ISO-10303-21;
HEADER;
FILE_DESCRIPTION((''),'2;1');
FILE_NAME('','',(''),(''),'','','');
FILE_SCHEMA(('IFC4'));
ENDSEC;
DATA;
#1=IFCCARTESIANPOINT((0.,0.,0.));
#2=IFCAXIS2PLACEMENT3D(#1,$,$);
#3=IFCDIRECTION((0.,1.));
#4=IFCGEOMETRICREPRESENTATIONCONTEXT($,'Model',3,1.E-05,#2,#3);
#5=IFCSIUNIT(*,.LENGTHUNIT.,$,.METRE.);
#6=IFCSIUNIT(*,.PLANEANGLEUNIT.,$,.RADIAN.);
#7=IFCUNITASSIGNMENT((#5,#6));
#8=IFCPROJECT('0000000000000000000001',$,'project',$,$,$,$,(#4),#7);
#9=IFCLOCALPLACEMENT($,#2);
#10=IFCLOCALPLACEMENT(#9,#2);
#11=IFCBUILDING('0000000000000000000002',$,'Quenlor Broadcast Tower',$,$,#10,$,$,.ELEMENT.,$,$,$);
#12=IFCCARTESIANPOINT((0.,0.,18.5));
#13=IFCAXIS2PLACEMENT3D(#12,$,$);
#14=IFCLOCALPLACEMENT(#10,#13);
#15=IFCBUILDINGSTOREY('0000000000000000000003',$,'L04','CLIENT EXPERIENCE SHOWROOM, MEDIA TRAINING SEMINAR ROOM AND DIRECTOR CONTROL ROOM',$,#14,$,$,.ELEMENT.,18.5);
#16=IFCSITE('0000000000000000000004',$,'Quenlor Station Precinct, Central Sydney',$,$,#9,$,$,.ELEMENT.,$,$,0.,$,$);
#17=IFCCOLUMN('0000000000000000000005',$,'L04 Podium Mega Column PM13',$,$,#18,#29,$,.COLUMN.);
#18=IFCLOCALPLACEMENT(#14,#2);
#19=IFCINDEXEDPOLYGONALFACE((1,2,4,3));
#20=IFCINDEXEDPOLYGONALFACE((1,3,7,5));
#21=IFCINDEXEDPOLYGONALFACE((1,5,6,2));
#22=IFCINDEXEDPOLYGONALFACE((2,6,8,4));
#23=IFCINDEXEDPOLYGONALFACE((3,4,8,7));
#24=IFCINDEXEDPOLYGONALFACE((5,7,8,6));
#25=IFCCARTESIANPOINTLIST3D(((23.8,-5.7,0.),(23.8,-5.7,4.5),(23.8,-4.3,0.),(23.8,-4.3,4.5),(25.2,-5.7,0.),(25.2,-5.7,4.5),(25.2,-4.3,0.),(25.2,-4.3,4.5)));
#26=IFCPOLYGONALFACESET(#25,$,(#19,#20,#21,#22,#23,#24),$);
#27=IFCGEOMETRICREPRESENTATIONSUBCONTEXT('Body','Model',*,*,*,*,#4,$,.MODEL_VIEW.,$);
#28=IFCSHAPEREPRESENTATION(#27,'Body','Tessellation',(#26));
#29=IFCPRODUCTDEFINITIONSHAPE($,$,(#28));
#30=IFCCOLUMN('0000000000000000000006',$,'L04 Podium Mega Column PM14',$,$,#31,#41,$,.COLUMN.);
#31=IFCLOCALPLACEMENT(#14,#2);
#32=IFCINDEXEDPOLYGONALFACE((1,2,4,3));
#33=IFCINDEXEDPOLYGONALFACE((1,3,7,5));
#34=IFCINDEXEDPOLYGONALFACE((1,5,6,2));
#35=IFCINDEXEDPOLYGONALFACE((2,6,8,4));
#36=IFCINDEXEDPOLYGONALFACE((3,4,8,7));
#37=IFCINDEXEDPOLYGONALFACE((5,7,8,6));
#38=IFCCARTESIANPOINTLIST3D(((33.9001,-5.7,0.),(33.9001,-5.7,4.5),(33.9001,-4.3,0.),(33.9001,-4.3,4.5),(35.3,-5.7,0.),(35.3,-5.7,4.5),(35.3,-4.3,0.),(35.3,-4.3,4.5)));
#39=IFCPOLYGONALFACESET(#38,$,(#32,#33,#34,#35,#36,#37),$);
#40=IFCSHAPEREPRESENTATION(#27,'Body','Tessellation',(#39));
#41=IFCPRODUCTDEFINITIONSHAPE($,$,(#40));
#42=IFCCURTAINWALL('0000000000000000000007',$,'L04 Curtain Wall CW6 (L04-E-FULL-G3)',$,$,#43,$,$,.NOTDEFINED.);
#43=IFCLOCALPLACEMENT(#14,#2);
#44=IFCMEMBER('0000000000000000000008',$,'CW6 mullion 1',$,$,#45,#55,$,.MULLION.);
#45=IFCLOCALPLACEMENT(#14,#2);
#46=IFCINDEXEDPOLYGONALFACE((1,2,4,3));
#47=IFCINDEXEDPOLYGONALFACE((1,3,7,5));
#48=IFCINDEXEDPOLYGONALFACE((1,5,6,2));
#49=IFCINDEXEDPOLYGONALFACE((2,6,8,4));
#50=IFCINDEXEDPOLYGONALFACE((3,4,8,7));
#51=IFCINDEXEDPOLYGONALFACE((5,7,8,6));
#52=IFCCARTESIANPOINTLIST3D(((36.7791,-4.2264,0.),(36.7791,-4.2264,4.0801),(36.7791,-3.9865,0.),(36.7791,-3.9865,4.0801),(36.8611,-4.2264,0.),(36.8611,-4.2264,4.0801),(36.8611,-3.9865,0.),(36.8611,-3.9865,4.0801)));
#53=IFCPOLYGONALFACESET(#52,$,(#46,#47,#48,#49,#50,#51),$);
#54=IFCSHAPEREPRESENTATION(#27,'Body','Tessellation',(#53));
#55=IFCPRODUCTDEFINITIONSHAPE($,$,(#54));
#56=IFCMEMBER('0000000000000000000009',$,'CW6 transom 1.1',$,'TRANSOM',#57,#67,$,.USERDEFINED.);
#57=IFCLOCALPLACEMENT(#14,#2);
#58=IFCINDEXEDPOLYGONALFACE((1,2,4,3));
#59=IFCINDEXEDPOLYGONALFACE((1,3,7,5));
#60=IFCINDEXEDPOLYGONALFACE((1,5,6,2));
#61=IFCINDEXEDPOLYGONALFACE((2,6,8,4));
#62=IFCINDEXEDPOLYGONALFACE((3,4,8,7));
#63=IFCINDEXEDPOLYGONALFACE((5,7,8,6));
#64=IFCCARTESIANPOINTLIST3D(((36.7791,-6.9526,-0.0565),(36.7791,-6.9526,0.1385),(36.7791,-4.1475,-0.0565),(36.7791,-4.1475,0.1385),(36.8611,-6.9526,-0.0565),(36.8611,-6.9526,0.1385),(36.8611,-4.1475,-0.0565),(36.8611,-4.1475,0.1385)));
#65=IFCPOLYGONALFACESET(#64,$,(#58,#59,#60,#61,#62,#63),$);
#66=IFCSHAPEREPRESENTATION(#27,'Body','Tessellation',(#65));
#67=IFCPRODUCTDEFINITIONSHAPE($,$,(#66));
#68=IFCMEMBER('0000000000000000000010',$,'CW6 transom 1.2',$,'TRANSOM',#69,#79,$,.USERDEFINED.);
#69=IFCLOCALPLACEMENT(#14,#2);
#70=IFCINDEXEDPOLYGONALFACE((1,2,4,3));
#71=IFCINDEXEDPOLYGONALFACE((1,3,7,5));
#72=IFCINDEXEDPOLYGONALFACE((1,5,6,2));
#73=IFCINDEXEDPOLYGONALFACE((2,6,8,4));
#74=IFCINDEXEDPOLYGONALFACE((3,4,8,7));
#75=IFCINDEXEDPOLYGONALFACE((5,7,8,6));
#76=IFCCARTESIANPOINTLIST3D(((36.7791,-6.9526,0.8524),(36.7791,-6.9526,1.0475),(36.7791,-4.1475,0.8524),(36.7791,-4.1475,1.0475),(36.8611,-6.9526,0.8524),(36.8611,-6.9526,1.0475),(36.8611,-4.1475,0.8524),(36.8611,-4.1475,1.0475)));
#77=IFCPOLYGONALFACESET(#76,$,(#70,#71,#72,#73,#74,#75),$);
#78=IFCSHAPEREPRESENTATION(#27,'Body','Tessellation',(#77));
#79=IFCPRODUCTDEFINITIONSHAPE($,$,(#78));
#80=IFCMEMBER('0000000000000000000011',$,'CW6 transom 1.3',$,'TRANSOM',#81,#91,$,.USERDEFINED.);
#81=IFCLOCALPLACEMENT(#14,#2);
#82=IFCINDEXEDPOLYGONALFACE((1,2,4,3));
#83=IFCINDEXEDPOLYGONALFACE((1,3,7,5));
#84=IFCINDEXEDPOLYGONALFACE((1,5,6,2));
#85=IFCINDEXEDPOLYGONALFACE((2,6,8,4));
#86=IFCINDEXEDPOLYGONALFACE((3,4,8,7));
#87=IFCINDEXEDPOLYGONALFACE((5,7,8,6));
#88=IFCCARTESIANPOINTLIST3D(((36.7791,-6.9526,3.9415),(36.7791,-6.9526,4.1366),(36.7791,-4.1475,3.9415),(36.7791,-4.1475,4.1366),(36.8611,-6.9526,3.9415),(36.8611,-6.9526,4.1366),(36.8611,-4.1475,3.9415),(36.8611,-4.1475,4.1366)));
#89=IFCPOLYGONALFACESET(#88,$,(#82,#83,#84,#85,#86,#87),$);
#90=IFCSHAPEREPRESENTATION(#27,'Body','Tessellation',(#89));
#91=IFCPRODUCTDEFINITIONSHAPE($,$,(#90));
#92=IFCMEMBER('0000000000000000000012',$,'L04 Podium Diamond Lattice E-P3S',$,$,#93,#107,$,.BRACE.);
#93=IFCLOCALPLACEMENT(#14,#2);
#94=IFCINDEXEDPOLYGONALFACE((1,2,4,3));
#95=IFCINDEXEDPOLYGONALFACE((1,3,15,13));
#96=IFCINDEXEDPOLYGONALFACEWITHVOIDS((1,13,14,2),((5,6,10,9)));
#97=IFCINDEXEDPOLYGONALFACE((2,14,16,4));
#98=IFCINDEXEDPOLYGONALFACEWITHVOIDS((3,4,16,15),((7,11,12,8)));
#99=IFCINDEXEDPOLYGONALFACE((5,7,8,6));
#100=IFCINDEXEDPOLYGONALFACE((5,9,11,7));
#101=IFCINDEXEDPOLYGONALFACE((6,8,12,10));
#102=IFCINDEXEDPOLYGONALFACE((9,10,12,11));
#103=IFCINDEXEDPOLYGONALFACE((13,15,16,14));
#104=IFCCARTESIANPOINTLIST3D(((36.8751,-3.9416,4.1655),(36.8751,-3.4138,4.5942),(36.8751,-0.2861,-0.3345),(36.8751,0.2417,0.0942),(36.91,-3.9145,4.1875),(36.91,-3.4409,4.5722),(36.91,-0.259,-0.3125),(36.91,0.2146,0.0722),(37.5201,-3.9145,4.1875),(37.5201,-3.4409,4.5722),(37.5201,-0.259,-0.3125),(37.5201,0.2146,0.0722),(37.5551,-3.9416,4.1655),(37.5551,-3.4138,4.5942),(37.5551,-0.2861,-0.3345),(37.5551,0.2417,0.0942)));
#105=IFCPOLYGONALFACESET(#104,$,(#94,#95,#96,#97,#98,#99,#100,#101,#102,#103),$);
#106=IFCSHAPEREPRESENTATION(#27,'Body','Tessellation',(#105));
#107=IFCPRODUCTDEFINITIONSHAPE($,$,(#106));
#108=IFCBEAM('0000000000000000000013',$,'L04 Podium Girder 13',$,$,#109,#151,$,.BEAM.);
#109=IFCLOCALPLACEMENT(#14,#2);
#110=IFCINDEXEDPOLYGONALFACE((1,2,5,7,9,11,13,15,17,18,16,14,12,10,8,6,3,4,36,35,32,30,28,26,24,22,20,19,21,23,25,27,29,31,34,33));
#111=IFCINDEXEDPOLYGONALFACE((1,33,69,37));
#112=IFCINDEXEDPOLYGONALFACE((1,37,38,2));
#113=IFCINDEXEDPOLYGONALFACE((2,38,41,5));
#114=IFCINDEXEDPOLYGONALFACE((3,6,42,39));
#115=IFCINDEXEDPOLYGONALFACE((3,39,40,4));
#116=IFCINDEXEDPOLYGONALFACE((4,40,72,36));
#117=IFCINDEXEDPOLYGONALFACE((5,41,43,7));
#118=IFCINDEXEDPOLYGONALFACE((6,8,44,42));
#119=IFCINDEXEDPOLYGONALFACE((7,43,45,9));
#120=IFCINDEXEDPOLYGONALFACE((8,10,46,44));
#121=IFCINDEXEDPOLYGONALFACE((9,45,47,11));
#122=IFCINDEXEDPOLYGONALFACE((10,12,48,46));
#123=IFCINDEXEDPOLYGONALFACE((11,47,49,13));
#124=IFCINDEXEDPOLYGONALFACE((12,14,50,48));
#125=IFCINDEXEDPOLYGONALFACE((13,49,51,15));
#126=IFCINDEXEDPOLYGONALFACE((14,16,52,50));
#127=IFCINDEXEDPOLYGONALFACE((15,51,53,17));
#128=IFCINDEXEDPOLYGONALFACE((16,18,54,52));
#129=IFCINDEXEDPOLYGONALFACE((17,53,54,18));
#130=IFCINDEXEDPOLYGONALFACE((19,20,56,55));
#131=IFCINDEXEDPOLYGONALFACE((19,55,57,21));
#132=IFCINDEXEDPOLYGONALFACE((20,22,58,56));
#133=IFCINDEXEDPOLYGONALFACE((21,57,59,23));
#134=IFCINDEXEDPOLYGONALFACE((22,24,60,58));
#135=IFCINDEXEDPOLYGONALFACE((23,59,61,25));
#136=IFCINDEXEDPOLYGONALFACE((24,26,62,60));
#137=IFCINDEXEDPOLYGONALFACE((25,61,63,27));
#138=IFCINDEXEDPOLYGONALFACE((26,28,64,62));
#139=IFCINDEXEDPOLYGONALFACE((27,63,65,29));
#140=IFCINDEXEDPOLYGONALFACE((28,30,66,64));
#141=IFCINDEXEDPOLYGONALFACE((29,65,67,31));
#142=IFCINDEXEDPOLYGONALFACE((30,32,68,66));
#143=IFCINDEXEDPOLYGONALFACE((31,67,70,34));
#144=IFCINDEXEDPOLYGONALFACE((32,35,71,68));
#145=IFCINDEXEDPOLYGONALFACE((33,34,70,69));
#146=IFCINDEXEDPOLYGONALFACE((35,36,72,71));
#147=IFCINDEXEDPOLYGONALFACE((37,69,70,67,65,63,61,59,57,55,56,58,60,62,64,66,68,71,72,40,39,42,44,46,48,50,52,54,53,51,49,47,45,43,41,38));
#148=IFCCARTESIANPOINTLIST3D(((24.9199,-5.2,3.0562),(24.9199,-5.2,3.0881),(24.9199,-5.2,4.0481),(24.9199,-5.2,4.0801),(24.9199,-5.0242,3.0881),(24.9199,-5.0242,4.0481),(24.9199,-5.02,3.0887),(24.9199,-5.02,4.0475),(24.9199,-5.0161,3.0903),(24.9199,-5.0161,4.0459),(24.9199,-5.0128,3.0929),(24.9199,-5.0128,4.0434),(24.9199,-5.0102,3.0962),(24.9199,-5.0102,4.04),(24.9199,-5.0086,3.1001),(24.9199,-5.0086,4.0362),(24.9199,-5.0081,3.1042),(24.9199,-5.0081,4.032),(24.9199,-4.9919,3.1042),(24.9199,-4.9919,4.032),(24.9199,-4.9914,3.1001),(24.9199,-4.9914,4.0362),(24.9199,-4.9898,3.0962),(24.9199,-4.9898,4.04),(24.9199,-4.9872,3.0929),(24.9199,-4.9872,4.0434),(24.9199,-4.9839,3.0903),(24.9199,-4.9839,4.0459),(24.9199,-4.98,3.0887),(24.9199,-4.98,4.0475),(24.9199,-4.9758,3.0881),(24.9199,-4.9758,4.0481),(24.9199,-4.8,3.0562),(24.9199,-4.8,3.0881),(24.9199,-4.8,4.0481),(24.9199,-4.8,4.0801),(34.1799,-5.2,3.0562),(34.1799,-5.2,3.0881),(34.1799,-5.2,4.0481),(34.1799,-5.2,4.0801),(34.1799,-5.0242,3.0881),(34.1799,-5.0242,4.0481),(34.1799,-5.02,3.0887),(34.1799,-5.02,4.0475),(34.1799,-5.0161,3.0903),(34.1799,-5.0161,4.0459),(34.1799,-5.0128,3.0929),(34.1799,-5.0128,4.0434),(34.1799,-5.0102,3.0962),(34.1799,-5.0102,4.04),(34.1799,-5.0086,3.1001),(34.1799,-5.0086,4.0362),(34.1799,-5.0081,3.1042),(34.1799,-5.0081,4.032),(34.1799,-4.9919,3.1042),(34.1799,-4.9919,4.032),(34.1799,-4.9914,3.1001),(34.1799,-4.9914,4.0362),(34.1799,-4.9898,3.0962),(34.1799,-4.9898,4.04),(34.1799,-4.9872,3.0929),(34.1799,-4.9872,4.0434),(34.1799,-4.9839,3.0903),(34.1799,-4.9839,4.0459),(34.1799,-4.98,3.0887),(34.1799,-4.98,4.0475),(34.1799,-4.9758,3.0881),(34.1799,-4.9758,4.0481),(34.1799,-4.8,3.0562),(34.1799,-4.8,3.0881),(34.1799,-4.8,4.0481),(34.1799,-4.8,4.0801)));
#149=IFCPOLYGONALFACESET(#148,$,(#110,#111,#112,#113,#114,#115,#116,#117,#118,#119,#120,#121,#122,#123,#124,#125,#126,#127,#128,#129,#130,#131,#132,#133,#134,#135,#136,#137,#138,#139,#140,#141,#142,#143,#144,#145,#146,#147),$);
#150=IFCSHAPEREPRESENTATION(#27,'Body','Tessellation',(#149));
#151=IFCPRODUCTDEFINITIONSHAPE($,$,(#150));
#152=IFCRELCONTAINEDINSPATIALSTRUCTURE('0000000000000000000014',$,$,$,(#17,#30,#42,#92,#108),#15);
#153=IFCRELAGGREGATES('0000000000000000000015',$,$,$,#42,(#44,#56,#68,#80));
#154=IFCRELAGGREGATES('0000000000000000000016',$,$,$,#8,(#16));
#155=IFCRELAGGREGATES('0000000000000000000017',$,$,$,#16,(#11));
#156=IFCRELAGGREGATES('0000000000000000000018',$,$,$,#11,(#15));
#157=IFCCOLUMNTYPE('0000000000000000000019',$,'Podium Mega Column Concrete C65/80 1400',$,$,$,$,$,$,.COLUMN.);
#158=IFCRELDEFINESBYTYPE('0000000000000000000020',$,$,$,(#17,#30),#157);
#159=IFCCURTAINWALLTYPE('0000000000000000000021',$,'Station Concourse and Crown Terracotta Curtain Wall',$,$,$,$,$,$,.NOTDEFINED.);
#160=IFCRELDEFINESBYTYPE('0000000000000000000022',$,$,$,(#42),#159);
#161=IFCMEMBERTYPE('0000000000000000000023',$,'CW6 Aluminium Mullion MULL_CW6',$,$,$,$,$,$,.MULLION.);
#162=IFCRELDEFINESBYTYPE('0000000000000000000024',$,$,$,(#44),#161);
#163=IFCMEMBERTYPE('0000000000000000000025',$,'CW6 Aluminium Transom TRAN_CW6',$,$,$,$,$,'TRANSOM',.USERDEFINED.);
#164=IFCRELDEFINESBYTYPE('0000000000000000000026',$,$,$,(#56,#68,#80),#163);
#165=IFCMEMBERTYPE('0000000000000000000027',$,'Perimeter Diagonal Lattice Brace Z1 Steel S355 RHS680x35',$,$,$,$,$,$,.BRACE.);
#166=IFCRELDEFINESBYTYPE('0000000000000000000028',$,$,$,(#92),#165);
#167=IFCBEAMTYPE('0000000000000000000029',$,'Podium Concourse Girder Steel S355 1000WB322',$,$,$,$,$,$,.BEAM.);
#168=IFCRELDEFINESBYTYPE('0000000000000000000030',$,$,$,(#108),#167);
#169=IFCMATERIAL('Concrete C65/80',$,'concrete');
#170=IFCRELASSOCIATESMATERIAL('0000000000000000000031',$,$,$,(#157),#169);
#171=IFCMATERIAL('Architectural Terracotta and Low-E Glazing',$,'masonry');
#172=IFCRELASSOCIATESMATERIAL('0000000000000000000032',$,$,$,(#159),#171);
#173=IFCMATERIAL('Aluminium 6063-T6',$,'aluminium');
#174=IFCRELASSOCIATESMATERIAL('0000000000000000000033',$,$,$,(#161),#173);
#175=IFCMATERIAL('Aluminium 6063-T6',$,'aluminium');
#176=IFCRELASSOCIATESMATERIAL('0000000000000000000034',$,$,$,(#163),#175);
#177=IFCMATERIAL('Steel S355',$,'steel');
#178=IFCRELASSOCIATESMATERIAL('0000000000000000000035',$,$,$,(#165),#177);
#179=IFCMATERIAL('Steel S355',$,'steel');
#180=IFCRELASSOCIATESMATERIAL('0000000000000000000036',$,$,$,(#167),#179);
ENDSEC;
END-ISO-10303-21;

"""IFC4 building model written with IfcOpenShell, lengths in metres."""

from ifc_helpers import new_model, si_unit, direction, frame, origin, origin_2d, place, context, subcontext, project, spatial, rectangle, hollow_rectangle, i_section, extrude, material, material_profile, profile_set, type_object, element, aggregate, save


model = new_model("IFC4")

# Units and contexts
model_context = context("Model", 3, precision=1e-05, world=origin(), true_north=direction((0.0, 1.0)))
body_context = subcontext(model_context, "Body", "Model", "MODEL_VIEW")
ifc_project = project(units=[si_unit("LENGTHUNIT", "METRE"), si_unit("PLANEANGLEUNIT", "RADIAN")], contexts=[model_context])

# Site, building, storey
site_placement = place(None, origin())
site = spatial("IfcSite", under=ifc_project, at=site_placement, Name="Quenlor Station Precinct, Central Sydney", CompositionType="ELEMENT", RefElevation=0.0)
building_placement = place(site_placement, origin())
building = spatial("IfcBuilding", under=site, at=building_placement, Name="Quenlor Broadcast Tower", CompositionType="ELEMENT")
storey_placement = place(building_placement, frame((0.0, 0.0, 18.5)))
storey = spatial("IfcBuildingStorey", under=building, at=storey_placement, Name="L04", Description="CLIENT EXPERIENCE SHOWROOM, MEDIA TRAINING SEMINAR ROOM AND DIRECTOR CONTROL ROOM", CompositionType="ELEMENT", Elevation=18.5)

# Columns
ifc_material_1 = material(Name="Concrete C65/80", Category="concrete")
ifc_material_profile_1 = material_profile(ifc_material_1, rectangle(XDim=1.3999, YDim=1.3999, at=origin_2d()))
ifc_profile_set_1 = profile_set([ifc_material_profile_1], Name="Concrete C65/80 RC1400x1400")
column_type = type_object("IfcColumnType", Name="Podium Mega Column Concrete C65/80 1400", PredefinedType="COLUMN", material=ifc_profile_set_1)
for number, where, z_axis, x_axis, name in (
    (1, (24.5, -5.0, 0.0), (0.0, 0.0, 1.0), (1.0, 0.0, 0.0), "L04 Podium Mega Column PM13"),
    (2, (34.6001, -5.0, 0.0), (0.0, 0.0, 1.0), (1.0, 0.0, 0.0), "L04 Podium Mega Column PM14"),
):
    element("IfcColumn", number, at=place(storey_placement, frame(where, z_axis=z_axis, x_axis=x_axis)), inside=storey, type_object=column_type, Name=name, PredefinedType="COLUMN", context=body_context, shape_type="SweptSolid", body=[
        extrude(rectangle(XDim=1.3999, YDim=1.3999, at=origin_2d()), origin(), (0.0, 0.0, 1.0), 4.5),
    ])

# Curtain wall, members
ifc_material_2 = material(Name="Architectural Terracotta and Low-E Glazing", Category="masonry")
curtain_wall_type = type_object("IfcCurtainWallType", Name="Station Concourse and Crown Terracotta Curtain Wall", PredefinedType="NOTDEFINED", material=ifc_material_2)
curtain_wall_placement = place(storey_placement, origin())
curtain_wall = element("IfcCurtainWall", 3, at=curtain_wall_placement, inside=storey, type_object=curtain_wall_type, Name="L04 Curtain Wall CW6 (L04-E-FULL-G3)", PredefinedType="NOTDEFINED")
ifc_material_3 = material(Name="Aluminium 6063-T6", Category="aluminium")
ifc_material_profile_2 = material_profile(ifc_material_3, rectangle(XDim=0.082, YDim=0.24, at=origin_2d()))
ifc_profile_set_2 = profile_set([ifc_material_profile_2], Name="Aluminium 6063-T6 MULL82x240")
member_type_1 = type_object("IfcMemberType", Name="CW6 Aluminium Mullion MULL_CW6", PredefinedType="MULLION", material=ifc_profile_set_2)
member_1_placement = place(storey_placement, frame((36.8201, -4.1064, 0.0), z_axis=(0.0, 0.0, 1.0), x_axis=(1.0, 0.0, 0.0)))
member_1 = element("IfcMember", 4, at=member_1_placement, type_object=member_type_1, Name="CW6 mullion 1", PredefinedType="MULLION", context=body_context, shape_type="SweptSolid", body=[
    extrude(rectangle(XDim=0.082, YDim=0.24, at=origin_2d()), origin(), (0.0, 0.0, 1.0), 4.0801),
])
ifc_material_4 = material(Name="Aluminium 6063-T6", Category="aluminium")
ifc_material_profile_3 = material_profile(ifc_material_4, rectangle(XDim=0.082, YDim=0.1951, at=origin_2d()))
ifc_profile_set_3 = profile_set([ifc_material_profile_3], Name="Aluminium 6063-T6 TRAN82x195")
member_type_2 = type_object("IfcMemberType", Name="CW6 Aluminium Transom TRAN_CW6", ElementType="TRANSOM", PredefinedType="USERDEFINED", material=ifc_profile_set_3)
member_2_placement = place(storey_placement, frame((36.8201, -4.1475, 0.041), z_axis=(0.0, -1.0, 0.0), x_axis=(1.0, 0.0, 0.0)))
member_2 = element("IfcMember", 5, at=member_2_placement, type_object=member_type_2, Name="CW6 transom 1.1", ObjectType="TRANSOM", PredefinedType="USERDEFINED", context=body_context, shape_type="SweptSolid", body=[
    extrude(rectangle(XDim=0.082, YDim=0.1951, at=origin_2d()), origin(), (0.0, 0.0, 1.0), 2.8052),
])
member_3_placement = place(storey_placement, frame((36.8201, -4.1475, 0.95), z_axis=(0.0, -1.0, 0.0), x_axis=(1.0, 0.0, 0.0)))
member_3 = element("IfcMember", 6, at=member_3_placement, type_object=member_type_2, Name="CW6 transom 1.2", ObjectType="TRANSOM", PredefinedType="USERDEFINED", context=body_context, shape_type="SweptSolid", body=[
    extrude(rectangle(XDim=0.082, YDim=0.1951, at=origin_2d()), origin(), (0.0, 0.0, 1.0), 2.8052),
])
member_4_placement = place(storey_placement, frame((36.8201, -4.1475, 4.0391), z_axis=(0.0, -1.0, 0.0), x_axis=(1.0, 0.0, 0.0)))
member_4 = element("IfcMember", 7, at=member_4_placement, type_object=member_type_2, Name="CW6 transom 1.3", ObjectType="TRANSOM", PredefinedType="USERDEFINED", context=body_context, shape_type="SweptSolid", body=[
    extrude(rectangle(XDim=0.082, YDim=0.1951, at=origin_2d()), origin(), (0.0, 0.0, 1.0), 2.8052),
])

# Member
ifc_material_5 = material(Name="Steel S355", Category="steel")
ifc_material_profile_4 = material_profile(ifc_material_5, hollow_rectangle(XDim=0.6799, YDim=0.6799, WallThickness=0.0349, at=origin_2d()))
ifc_profile_set_4 = profile_set([ifc_material_profile_4], Name="Steel S355 RHS680x680x35")
member_type_3 = type_object("IfcMemberType", Name="Perimeter Diagonal Lattice Brace Z1 Steel S355 RHS680x35", PredefinedType="BRACE", material=ifc_profile_set_4)
member_5_placement = place(storey_placement, frame((37.2151, -0.0222, -0.1201), z_axis=(0.0, -0.630517, 0.776176), x_axis=(1.0, 0.0, 0.0)))
element("IfcMember", 8, at=member_5_placement, inside=storey, type_object=member_type_3, Name="L04 Podium Diamond Lattice E-P3S", PredefinedType="BRACE", context=body_context, shape_type="SweptSolid", body=[
    extrude(hollow_rectangle(XDim=0.6799, YDim=0.6799, WallThickness=0.0349, at=origin_2d()), origin(), (0.0, 0.0, 1.0), 5.7976),
])

# Beam
ifc_material_6 = material(Name="Steel S355", Category="steel")
ifc_material_profile_5 = material_profile(ifc_material_6, i_section(OverallWidth=0.3999, OverallDepth=1.0239, WebThickness=0.0161, FlangeThickness=0.032, FilletRadius=0.0161, at=origin_2d()))
ifc_profile_set_5 = profile_set([ifc_material_profile_5], Name="Steel S355 1000WB322")
beam_type_1 = type_object("IfcBeamType", Name="Podium Concourse Girder Steel S355 1000WB322", PredefinedType="BEAM", material=ifc_profile_set_5)
beam_1_placement = place(storey_placement, frame((24.9199, -5.0, 3.5681), z_axis=(1.0, 0.0, 0.0), x_axis=(0.0, 1.0, 0.0)))
element("IfcBeam", 9, at=beam_1_placement, inside=storey, type_object=beam_type_1, Name="L04 Podium Girder 13", PredefinedType="BEAM", context=body_context, shape_type="SweptSolid", body=[
    extrude(i_section(OverallWidth=0.3999, OverallDepth=1.0239, WebThickness=0.0161, FlangeThickness=0.032, FilletRadius=0.0161, at=origin_2d()), origin(), (0.0, 0.0, 1.0), 9.26),
])

aggregate(curtain_wall, [member_1, member_2, member_3, member_4])

save(model, "model.ifc")
